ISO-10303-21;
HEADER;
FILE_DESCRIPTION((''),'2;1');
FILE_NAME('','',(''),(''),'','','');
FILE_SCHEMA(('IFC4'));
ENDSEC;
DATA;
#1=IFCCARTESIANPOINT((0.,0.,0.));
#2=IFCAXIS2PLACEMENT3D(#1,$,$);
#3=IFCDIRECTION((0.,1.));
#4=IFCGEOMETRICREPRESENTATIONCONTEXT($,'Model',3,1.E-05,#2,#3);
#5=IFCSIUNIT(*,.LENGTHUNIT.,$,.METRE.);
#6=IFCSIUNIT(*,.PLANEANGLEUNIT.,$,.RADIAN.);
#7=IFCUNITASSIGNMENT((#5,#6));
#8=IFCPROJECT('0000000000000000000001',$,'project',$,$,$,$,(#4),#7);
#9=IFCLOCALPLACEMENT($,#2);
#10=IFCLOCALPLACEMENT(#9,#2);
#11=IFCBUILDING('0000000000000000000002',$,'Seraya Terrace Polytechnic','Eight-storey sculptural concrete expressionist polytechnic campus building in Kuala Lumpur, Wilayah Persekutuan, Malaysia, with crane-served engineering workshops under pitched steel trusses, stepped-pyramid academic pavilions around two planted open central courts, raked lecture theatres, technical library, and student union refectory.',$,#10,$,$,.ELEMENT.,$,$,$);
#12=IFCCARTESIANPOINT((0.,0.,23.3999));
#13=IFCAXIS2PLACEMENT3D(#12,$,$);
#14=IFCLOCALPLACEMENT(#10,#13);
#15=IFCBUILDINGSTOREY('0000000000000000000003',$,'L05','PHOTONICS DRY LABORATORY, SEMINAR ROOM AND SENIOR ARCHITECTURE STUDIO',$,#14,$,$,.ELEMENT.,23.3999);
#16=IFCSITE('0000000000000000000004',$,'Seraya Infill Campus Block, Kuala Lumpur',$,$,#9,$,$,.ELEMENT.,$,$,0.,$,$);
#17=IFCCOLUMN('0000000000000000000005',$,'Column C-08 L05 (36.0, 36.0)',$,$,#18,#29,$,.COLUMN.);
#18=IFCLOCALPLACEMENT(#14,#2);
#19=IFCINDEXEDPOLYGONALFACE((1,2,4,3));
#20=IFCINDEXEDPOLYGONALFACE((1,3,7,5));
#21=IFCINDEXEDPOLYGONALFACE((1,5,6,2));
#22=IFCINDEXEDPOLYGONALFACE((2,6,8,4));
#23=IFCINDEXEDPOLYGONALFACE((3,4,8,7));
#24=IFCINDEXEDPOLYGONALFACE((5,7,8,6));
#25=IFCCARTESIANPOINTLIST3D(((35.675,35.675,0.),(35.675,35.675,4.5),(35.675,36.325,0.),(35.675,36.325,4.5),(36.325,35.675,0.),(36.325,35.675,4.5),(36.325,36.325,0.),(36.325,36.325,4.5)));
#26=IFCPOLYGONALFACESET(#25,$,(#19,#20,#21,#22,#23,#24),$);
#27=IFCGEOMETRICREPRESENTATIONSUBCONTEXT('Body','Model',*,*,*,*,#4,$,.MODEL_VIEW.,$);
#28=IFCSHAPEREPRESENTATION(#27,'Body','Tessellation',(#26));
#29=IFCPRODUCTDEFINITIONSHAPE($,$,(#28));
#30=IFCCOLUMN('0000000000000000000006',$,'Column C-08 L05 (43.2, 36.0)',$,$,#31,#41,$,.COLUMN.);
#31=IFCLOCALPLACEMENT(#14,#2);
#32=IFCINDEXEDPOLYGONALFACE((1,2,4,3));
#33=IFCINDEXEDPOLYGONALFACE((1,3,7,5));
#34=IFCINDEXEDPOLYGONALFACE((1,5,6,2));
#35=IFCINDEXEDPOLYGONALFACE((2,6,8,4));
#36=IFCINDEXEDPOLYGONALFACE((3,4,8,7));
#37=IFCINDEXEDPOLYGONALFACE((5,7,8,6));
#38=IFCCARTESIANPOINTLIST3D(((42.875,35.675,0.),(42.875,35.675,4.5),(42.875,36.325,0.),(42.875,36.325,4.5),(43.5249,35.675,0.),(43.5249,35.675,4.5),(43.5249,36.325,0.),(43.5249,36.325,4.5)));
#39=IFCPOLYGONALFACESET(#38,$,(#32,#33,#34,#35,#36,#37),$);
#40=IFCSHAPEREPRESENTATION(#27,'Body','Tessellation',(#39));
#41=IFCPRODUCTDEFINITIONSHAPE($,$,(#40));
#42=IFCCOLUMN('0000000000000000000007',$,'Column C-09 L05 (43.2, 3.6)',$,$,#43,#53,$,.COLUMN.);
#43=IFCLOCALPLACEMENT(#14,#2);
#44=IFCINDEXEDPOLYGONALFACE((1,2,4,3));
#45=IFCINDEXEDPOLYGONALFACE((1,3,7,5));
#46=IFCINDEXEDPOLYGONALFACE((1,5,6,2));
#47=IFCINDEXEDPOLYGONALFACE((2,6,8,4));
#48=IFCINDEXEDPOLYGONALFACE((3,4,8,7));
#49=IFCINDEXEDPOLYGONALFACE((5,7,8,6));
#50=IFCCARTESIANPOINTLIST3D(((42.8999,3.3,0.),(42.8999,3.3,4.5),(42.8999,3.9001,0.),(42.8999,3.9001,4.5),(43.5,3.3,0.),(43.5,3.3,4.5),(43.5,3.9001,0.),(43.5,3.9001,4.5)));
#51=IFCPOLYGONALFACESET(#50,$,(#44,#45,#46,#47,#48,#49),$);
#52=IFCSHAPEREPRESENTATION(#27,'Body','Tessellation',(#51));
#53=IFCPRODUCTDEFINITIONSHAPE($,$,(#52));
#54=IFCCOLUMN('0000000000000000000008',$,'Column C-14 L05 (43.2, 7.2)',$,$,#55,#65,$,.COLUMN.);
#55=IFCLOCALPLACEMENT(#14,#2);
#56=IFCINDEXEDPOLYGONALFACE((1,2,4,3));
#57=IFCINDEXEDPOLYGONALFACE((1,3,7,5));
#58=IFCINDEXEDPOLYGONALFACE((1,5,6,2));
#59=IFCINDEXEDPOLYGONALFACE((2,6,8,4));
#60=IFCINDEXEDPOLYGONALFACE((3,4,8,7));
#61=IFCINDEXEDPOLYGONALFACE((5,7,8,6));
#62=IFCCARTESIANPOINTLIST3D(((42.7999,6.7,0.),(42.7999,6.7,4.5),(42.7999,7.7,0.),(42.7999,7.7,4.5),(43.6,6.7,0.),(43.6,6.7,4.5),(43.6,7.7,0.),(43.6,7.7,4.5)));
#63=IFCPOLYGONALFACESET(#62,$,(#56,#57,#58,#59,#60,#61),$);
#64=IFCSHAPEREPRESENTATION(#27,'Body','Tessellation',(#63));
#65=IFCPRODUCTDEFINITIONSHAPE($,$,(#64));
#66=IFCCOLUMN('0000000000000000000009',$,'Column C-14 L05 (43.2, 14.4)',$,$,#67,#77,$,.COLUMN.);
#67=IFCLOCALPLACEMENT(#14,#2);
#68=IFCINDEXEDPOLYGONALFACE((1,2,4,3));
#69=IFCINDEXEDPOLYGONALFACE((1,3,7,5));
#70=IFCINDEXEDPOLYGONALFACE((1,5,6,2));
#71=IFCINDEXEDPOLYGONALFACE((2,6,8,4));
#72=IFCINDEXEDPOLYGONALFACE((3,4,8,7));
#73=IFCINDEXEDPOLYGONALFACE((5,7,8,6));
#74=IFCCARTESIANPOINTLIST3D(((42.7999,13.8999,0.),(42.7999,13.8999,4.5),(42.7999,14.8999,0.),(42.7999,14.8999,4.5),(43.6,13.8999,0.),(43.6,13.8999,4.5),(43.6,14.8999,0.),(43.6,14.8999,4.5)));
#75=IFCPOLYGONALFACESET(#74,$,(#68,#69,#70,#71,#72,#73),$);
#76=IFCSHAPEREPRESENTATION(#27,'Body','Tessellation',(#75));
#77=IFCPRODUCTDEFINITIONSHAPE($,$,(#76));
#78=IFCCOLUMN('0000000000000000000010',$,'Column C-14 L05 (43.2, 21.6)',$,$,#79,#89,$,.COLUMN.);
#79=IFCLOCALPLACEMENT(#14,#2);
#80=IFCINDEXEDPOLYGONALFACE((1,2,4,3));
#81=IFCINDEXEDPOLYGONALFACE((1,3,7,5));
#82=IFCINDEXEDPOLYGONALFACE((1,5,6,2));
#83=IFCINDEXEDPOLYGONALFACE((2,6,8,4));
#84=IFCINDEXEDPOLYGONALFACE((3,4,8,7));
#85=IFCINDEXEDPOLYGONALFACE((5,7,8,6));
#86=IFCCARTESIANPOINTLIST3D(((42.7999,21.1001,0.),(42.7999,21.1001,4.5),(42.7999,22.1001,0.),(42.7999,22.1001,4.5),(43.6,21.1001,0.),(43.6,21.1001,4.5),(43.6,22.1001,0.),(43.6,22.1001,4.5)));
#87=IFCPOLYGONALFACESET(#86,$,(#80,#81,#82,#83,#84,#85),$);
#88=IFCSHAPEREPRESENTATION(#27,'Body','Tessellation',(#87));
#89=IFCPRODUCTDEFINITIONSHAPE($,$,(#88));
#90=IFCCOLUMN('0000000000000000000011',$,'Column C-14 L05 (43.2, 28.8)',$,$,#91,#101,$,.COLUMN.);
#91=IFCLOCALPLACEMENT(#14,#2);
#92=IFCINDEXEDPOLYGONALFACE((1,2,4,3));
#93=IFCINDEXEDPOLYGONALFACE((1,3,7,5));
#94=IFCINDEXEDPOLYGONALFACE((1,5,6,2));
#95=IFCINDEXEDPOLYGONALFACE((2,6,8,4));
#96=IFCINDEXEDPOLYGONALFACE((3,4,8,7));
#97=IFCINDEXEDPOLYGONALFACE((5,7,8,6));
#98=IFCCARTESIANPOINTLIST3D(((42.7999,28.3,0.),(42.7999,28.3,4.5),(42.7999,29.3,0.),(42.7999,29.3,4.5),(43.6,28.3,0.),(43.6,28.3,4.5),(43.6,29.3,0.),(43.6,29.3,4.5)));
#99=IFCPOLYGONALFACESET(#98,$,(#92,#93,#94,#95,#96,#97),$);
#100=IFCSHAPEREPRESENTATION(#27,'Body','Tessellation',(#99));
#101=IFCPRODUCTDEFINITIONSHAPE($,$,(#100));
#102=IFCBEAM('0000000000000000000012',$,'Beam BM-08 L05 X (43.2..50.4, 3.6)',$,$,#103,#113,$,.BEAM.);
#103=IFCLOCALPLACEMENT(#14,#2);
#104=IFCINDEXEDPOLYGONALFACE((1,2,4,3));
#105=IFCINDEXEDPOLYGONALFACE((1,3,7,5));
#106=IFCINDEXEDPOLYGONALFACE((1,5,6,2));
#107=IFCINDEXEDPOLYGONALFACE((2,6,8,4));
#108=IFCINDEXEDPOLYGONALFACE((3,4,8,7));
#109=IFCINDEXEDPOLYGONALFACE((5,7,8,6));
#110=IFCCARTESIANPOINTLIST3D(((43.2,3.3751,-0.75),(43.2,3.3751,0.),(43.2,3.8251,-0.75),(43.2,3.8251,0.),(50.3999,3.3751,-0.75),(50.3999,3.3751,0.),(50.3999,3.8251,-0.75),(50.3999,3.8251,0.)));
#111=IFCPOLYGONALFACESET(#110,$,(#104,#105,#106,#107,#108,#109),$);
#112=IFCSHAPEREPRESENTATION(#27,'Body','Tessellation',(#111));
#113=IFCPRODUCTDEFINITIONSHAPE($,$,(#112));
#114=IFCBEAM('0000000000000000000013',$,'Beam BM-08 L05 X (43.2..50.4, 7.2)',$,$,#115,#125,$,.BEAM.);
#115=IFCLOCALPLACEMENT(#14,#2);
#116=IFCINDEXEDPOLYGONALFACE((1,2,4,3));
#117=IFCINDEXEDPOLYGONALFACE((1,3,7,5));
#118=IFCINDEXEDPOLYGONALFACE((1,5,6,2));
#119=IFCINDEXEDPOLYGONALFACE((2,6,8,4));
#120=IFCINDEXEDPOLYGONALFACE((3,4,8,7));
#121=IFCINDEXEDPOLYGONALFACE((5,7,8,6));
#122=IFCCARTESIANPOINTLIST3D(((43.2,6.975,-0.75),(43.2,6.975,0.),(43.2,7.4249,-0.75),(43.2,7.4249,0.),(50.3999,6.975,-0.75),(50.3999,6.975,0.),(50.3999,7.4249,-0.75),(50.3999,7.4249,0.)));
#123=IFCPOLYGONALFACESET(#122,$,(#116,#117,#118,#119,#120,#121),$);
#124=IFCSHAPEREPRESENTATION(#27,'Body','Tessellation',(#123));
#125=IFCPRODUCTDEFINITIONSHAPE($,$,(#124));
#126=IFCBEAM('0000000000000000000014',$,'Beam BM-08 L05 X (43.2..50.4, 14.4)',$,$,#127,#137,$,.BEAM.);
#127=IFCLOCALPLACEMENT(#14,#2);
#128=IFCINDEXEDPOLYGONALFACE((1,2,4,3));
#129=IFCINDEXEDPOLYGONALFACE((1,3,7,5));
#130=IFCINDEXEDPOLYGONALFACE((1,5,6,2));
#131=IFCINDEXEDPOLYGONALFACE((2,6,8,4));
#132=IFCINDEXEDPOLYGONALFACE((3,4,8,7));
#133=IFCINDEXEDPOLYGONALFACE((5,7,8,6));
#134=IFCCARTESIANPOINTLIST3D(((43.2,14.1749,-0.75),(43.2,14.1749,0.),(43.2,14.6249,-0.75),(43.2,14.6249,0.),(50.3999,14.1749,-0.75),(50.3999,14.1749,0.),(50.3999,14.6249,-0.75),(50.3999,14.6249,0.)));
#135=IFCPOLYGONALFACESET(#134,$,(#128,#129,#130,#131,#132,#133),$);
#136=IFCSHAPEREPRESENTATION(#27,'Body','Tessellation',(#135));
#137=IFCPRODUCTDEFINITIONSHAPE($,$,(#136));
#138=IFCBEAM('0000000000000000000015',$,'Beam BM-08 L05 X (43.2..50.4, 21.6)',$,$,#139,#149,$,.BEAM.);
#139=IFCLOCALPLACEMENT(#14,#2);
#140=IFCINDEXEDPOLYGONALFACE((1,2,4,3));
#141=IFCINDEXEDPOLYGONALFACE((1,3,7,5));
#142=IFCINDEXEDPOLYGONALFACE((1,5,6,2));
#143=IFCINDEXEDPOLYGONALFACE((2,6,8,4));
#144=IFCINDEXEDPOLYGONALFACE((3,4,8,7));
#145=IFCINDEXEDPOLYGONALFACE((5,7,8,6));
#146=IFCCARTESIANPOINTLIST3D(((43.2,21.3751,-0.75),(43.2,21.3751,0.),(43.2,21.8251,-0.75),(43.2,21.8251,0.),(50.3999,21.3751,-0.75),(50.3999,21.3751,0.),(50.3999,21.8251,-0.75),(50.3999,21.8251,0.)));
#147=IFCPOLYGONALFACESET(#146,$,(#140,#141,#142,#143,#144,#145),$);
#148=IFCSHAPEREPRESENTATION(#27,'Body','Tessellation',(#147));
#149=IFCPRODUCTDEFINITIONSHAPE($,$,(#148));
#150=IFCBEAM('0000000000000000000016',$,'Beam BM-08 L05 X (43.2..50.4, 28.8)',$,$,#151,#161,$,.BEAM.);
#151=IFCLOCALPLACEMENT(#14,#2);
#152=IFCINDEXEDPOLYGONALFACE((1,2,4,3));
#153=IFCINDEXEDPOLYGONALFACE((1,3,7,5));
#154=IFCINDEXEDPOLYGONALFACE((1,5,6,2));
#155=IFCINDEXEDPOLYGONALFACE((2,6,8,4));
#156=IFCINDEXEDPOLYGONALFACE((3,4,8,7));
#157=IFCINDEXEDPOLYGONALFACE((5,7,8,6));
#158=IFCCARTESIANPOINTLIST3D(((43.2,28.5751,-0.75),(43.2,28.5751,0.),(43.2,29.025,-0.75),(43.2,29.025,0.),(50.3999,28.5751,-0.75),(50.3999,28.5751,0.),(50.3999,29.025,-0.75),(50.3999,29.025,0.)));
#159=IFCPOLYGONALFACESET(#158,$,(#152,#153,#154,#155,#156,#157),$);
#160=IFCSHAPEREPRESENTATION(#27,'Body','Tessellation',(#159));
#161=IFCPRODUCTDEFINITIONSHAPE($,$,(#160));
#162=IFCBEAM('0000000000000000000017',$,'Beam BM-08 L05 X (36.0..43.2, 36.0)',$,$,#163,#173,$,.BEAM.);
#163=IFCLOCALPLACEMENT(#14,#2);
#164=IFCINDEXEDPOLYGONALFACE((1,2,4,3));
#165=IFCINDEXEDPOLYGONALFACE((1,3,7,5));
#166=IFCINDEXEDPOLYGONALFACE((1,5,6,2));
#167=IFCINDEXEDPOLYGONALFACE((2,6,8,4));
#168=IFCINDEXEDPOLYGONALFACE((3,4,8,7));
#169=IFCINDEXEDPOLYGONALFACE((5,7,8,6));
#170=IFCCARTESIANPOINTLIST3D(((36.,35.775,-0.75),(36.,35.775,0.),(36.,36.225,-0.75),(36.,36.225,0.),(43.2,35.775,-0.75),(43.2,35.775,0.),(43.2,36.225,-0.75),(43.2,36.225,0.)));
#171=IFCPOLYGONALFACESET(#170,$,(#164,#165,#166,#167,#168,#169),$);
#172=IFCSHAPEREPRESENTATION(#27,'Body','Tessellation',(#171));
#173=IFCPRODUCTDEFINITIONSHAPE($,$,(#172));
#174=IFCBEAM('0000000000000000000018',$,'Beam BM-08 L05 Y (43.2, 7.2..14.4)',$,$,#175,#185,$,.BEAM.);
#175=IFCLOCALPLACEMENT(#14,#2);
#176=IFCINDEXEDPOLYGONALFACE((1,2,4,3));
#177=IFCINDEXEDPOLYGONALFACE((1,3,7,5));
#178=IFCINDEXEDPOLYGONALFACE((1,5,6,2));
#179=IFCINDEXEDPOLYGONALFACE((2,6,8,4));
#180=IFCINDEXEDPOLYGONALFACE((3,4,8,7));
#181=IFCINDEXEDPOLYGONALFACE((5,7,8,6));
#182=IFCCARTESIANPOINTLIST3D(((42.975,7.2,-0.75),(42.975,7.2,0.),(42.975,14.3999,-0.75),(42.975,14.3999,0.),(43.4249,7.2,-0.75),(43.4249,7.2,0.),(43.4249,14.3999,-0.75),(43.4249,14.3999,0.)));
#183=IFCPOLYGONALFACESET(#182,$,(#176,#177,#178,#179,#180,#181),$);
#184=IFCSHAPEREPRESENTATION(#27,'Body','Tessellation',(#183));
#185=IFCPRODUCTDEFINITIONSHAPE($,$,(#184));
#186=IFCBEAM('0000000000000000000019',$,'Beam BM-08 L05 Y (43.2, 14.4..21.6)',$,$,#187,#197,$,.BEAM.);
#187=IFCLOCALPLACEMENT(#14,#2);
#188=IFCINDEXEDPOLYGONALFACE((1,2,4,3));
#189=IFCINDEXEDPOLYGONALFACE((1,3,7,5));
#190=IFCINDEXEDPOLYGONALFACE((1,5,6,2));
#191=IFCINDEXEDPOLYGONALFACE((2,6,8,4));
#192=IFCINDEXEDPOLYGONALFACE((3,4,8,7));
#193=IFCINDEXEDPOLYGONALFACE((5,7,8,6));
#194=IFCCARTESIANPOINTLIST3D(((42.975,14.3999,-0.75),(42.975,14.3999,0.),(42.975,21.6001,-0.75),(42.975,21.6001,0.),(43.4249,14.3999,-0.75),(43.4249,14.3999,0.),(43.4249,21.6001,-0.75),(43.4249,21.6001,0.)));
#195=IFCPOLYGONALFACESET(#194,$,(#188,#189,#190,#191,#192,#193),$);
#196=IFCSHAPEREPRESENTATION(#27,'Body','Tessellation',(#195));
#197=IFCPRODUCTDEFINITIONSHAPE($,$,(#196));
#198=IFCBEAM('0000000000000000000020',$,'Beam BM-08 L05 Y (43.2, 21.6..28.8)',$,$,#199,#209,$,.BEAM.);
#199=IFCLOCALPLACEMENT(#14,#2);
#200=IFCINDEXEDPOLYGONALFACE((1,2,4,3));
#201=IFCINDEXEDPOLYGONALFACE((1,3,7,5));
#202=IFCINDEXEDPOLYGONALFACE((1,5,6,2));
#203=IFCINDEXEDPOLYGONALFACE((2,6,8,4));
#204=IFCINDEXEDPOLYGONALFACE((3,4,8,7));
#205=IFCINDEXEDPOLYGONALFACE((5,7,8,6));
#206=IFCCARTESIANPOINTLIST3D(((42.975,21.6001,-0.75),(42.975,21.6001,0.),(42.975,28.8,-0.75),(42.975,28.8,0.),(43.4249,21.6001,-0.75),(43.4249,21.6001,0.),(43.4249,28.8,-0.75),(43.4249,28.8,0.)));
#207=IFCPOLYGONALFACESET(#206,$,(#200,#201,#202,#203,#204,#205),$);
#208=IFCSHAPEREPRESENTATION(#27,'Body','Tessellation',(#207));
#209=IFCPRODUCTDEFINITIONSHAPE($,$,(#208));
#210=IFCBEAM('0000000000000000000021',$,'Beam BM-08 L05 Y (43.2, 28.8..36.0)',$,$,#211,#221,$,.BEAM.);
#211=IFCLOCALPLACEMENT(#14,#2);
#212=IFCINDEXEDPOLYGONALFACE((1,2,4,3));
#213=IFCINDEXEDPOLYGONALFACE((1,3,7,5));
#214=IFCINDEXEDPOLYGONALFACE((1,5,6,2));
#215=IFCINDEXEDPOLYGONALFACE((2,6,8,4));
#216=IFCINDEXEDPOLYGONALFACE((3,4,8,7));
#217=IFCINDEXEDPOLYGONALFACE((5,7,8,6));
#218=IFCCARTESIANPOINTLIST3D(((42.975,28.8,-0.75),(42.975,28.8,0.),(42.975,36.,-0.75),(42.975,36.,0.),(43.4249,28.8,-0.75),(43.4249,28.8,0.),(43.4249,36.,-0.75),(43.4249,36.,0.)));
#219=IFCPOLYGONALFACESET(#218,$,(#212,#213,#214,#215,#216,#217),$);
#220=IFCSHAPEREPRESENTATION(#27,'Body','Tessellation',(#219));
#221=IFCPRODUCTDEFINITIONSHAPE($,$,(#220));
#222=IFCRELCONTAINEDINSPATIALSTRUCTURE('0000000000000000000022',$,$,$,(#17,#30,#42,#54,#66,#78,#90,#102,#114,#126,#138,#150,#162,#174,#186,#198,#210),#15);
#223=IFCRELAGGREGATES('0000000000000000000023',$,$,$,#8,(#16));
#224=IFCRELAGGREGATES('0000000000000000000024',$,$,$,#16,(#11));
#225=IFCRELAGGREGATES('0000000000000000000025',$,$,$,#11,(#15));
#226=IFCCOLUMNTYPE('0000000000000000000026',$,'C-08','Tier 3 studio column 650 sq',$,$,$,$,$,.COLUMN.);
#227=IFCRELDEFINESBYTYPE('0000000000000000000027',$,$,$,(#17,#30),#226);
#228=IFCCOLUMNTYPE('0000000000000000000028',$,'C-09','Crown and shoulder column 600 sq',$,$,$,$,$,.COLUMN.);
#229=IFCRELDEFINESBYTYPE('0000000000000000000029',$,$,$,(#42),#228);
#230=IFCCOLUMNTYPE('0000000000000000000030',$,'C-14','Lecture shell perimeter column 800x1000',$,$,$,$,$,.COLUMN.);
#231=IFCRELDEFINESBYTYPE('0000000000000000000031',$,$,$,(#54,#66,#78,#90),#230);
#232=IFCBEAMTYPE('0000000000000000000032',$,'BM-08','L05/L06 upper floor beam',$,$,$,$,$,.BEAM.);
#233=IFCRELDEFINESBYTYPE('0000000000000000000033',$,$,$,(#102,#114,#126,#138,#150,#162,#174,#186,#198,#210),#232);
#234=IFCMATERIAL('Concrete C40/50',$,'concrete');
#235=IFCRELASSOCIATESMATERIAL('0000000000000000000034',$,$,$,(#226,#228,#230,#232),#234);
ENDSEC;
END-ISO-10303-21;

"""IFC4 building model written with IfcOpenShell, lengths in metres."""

from ifc_helpers import new_model, si_unit, direction, frame, origin, origin_2d, place, context, subcontext, project, spatial, rectangle, extrude, material, material_profile, profile_set, type_object, element, save


model = new_model("IFC4")

# Units and contexts
model_context = context("Model", 3, precision=1e-05, world=origin(), true_north=direction((0.0, 1.0)))
body_context = subcontext(model_context, "Body", "Model", "MODEL_VIEW")
ifc_project = project(units=[si_unit("LENGTHUNIT", "METRE"), si_unit("PLANEANGLEUNIT", "RADIAN")], contexts=[model_context])

# Site, building, storey
site_placement = place(None, origin())
site = spatial("IfcSite", under=ifc_project, at=site_placement, Name="Seraya Infill Campus Block, Kuala Lumpur", CompositionType="ELEMENT", RefElevation=0.0)
building_placement = place(site_placement, origin())
building = spatial("IfcBuilding", under=site, at=building_placement, Name="Seraya Terrace Polytechnic", Description="Eight-storey sculptural concrete expressionist polytechnic campus building in Kuala Lumpur, Wilayah Persekutuan, Malaysia, with crane-served engineering workshops under pitched steel trusses, stepped-pyramid academic pavilions around two planted open central courts, raked lecture theatres, technical library, and student union refectory.", CompositionType="ELEMENT")
storey_placement = place(building_placement, frame((0.0, 0.0, 23.3999)))
storey = spatial("IfcBuildingStorey", under=building, at=storey_placement, Name="L05", Description="PHOTONICS DRY LABORATORY, SEMINAR ROOM AND SENIOR ARCHITECTURE STUDIO", CompositionType="ELEMENT", Elevation=23.3999)

# Columns
ifc_material_1 = material(Name="Concrete C40/50", Category="concrete")
ifc_material_profile_1 = material_profile(ifc_material_1, rectangle(XDim=0.6499, YDim=0.6499, at=origin_2d()), Name="RC 650x650")
ifc_profile_set_1 = profile_set([ifc_material_profile_1], Name="Concrete C40/50")
column_type_1 = type_object("IfcColumnType", Name="C-08", Description="Tier 3 studio column 650 sq", PredefinedType="COLUMN", material=ifc_profile_set_1)
for number, where, z_axis, x_axis, name in (
    (1, (36.0, 36.0, 0.0), (0.0, 0.0, 1.0), (1.0, 0.0, 0.0), "Column C-08 L05 (36.0, 36.0)"),
    (2, (43.2, 36.0, 0.0), (0.0, 0.0, 1.0), (1.0, 0.0, 0.0), "Column C-08 L05 (43.2, 36.0)"),
):
    element("IfcColumn", number, at=place(storey_placement, frame(where, z_axis=z_axis, x_axis=x_axis)), inside=storey, type_object=column_type_1, Name=name, PredefinedType="COLUMN", context=body_context, shape_type="SweptSolid", body=[
        extrude(rectangle(XDim=0.6499, YDim=0.6499, at=origin_2d()), origin(), (0.0, 0.0, 1.0), 4.5),
    ])
ifc_material_profile_2 = material_profile(ifc_material_1, rectangle(XDim=0.6001, YDim=0.6001, at=origin_2d()), Name="RC 600x600")
ifc_profile_set_2 = profile_set([ifc_material_profile_2], Name="Concrete C40/50")
column_type_2 = type_object("IfcColumnType", Name="C-09", Description="Crown and shoulder column 600 sq", PredefinedType="COLUMN", material=ifc_profile_set_2)
column_placement = place(storey_placement, frame((43.2, 3.6001, 0.0), z_axis=(0.0, 0.0, 1.0), x_axis=(1.0, 0.0, 0.0)))
element("IfcColumn", 3, at=column_placement, inside=storey, type_object=column_type_2, Name="Column C-09 L05 (43.2, 3.6)", PredefinedType="COLUMN", context=body_context, shape_type="SweptSolid", body=[
    extrude(rectangle(XDim=0.6001, YDim=0.6001, at=origin_2d()), origin(), (0.0, 0.0, 1.0), 4.5),
])
ifc_material_profile_3 = material_profile(ifc_material_1, rectangle(XDim=0.8, YDim=1.0, at=origin_2d()), Name="RC 800x1000")
ifc_profile_set_3 = profile_set([ifc_material_profile_3], Name="Concrete C40/50")
column_type_3 = type_object("IfcColumnType", Name="C-14", Description="Lecture shell perimeter column 800x1000", PredefinedType="COLUMN", material=ifc_profile_set_3)
for number, where, z_axis, x_axis, name in (
    (4, (43.2, 7.2, 0.0), (0.0, 0.0, 1.0), (1.0, 0.0, 0.0), "Column C-14 L05 (43.2, 7.2)"),
    (5, (43.2, 14.3999, 0.0), (0.0, 0.0, 1.0), (1.0, 0.0, 0.0), "Column C-14 L05 (43.2, 14.4)"),
    (6, (43.2, 21.6001, 0.0), (0.0, 0.0, 1.0), (1.0, 0.0, 0.0), "Column C-14 L05 (43.2, 21.6)"),
    (7, (43.2, 28.8, 0.0), (0.0, 0.0, 1.0), (1.0, 0.0, 0.0), "Column C-14 L05 (43.2, 28.8)"),
):
    element("IfcColumn", number, at=place(storey_placement, frame(where, z_axis=z_axis, x_axis=x_axis)), inside=storey, type_object=column_type_3, Name=name, PredefinedType="COLUMN", context=body_context, shape_type="SweptSolid", body=[
        extrude(rectangle(XDim=0.8, YDim=1.0, at=origin_2d()), origin(), (0.0, 0.0, 1.0), 4.5),
    ])

# Beams
ifc_material_profile_4 = material_profile(ifc_material_1, rectangle(XDim=0.45, YDim=0.75, at=origin_2d()), Name="RC 450x750")
ifc_profile_set_4 = profile_set([ifc_material_profile_4], Name="Concrete C40/50")
beam_type_1 = type_object("IfcBeamType", Name="BM-08", Description="L05/L06 upper floor beam", PredefinedType="BEAM", material=ifc_profile_set_4)
for number, where, z_axis, x_axis, name in (
    (8, (43.2, 3.6001, -0.375), (1.0, 0.0, 0.0), (0.0, 1.0, 0.0), "Beam BM-08 L05 X (43.2..50.4, 3.6)"),
    (9, (43.2, 7.2, -0.375), (1.0, 0.0, 0.0), (0.0, 1.0, 0.0), "Beam BM-08 L05 X (43.2..50.4, 7.2)"),
    (10, (43.2, 14.3999, -0.375), (1.0, 0.0, 0.0), (0.0, 1.0, 0.0), "Beam BM-08 L05 X (43.2..50.4, 14.4)"),
    (11, (43.2, 21.6001, -0.375), (1.0, 0.0, 0.0), (0.0, 1.0, 0.0), "Beam BM-08 L05 X (43.2..50.4, 21.6)"),
    (12, (43.2, 28.8, -0.375), (1.0, 0.0, 0.0), (0.0, 1.0, 0.0), "Beam BM-08 L05 X (43.2..50.4, 28.8)"),
    (13, (36.0, 36.0, -0.375), (1.0, 0.0, 0.0), (0.0, 1.0, 0.0), "Beam BM-08 L05 X (36.0..43.2, 36.0)"),
    (14, (43.2, 7.2, -0.375), (0.0, 1.0, 0.0), (-1.0, 0.0, 0.0), "Beam BM-08 L05 Y (43.2, 7.2..14.4)"),
):
    element("IfcBeam", number, at=place(storey_placement, frame(where, z_axis=z_axis, x_axis=x_axis)), inside=storey, type_object=beam_type_1, Name=name, PredefinedType="BEAM", context=body_context, shape_type="SweptSolid", body=[
        extrude(rectangle(XDim=0.45, YDim=0.75, at=origin_2d()), origin(), (0.0, 0.0, 1.0), 7.2),
    ])
beam_1_placement = place(storey_placement, frame((43.2, 14.3999, -0.375), z_axis=(0.0, 1.0, 0.0), x_axis=(-1.0, 0.0, 0.0)))
element("IfcBeam", 15, at=beam_1_placement, inside=storey, type_object=beam_type_1, Name="Beam BM-08 L05 Y (43.2, 14.4..21.6)", PredefinedType="BEAM", context=body_context, shape_type="SweptSolid", body=[
    extrude(rectangle(XDim=0.45, YDim=0.75, at=origin_2d()), origin(), (0.0, 0.0, 1.0), 7.2002),
])
for number, where, z_axis, x_axis, name in (
    (16, (43.2, 21.6001, -0.375), (0.0, 1.0, 0.0), (-1.0, 0.0, 0.0), "Beam BM-08 L05 Y (43.2, 21.6..28.8)"),
    (17, (43.2, 28.8, -0.375), (0.0, 1.0, 0.0), (-1.0, 0.0, 0.0), "Beam BM-08 L05 Y (43.2, 28.8..36.0)"),
):
    element("IfcBeam", number, at=place(storey_placement, frame(where, z_axis=z_axis, x_axis=x_axis)), inside=storey, type_object=beam_type_1, Name=name, PredefinedType="BEAM", context=body_context, shape_type="SweptSolid", body=[
        extrude(rectangle(XDim=0.45, YDim=0.75, at=origin_2d()), origin(), (0.0, 0.0, 1.0), 7.2),
    ])

save(model, "model.ifc")
